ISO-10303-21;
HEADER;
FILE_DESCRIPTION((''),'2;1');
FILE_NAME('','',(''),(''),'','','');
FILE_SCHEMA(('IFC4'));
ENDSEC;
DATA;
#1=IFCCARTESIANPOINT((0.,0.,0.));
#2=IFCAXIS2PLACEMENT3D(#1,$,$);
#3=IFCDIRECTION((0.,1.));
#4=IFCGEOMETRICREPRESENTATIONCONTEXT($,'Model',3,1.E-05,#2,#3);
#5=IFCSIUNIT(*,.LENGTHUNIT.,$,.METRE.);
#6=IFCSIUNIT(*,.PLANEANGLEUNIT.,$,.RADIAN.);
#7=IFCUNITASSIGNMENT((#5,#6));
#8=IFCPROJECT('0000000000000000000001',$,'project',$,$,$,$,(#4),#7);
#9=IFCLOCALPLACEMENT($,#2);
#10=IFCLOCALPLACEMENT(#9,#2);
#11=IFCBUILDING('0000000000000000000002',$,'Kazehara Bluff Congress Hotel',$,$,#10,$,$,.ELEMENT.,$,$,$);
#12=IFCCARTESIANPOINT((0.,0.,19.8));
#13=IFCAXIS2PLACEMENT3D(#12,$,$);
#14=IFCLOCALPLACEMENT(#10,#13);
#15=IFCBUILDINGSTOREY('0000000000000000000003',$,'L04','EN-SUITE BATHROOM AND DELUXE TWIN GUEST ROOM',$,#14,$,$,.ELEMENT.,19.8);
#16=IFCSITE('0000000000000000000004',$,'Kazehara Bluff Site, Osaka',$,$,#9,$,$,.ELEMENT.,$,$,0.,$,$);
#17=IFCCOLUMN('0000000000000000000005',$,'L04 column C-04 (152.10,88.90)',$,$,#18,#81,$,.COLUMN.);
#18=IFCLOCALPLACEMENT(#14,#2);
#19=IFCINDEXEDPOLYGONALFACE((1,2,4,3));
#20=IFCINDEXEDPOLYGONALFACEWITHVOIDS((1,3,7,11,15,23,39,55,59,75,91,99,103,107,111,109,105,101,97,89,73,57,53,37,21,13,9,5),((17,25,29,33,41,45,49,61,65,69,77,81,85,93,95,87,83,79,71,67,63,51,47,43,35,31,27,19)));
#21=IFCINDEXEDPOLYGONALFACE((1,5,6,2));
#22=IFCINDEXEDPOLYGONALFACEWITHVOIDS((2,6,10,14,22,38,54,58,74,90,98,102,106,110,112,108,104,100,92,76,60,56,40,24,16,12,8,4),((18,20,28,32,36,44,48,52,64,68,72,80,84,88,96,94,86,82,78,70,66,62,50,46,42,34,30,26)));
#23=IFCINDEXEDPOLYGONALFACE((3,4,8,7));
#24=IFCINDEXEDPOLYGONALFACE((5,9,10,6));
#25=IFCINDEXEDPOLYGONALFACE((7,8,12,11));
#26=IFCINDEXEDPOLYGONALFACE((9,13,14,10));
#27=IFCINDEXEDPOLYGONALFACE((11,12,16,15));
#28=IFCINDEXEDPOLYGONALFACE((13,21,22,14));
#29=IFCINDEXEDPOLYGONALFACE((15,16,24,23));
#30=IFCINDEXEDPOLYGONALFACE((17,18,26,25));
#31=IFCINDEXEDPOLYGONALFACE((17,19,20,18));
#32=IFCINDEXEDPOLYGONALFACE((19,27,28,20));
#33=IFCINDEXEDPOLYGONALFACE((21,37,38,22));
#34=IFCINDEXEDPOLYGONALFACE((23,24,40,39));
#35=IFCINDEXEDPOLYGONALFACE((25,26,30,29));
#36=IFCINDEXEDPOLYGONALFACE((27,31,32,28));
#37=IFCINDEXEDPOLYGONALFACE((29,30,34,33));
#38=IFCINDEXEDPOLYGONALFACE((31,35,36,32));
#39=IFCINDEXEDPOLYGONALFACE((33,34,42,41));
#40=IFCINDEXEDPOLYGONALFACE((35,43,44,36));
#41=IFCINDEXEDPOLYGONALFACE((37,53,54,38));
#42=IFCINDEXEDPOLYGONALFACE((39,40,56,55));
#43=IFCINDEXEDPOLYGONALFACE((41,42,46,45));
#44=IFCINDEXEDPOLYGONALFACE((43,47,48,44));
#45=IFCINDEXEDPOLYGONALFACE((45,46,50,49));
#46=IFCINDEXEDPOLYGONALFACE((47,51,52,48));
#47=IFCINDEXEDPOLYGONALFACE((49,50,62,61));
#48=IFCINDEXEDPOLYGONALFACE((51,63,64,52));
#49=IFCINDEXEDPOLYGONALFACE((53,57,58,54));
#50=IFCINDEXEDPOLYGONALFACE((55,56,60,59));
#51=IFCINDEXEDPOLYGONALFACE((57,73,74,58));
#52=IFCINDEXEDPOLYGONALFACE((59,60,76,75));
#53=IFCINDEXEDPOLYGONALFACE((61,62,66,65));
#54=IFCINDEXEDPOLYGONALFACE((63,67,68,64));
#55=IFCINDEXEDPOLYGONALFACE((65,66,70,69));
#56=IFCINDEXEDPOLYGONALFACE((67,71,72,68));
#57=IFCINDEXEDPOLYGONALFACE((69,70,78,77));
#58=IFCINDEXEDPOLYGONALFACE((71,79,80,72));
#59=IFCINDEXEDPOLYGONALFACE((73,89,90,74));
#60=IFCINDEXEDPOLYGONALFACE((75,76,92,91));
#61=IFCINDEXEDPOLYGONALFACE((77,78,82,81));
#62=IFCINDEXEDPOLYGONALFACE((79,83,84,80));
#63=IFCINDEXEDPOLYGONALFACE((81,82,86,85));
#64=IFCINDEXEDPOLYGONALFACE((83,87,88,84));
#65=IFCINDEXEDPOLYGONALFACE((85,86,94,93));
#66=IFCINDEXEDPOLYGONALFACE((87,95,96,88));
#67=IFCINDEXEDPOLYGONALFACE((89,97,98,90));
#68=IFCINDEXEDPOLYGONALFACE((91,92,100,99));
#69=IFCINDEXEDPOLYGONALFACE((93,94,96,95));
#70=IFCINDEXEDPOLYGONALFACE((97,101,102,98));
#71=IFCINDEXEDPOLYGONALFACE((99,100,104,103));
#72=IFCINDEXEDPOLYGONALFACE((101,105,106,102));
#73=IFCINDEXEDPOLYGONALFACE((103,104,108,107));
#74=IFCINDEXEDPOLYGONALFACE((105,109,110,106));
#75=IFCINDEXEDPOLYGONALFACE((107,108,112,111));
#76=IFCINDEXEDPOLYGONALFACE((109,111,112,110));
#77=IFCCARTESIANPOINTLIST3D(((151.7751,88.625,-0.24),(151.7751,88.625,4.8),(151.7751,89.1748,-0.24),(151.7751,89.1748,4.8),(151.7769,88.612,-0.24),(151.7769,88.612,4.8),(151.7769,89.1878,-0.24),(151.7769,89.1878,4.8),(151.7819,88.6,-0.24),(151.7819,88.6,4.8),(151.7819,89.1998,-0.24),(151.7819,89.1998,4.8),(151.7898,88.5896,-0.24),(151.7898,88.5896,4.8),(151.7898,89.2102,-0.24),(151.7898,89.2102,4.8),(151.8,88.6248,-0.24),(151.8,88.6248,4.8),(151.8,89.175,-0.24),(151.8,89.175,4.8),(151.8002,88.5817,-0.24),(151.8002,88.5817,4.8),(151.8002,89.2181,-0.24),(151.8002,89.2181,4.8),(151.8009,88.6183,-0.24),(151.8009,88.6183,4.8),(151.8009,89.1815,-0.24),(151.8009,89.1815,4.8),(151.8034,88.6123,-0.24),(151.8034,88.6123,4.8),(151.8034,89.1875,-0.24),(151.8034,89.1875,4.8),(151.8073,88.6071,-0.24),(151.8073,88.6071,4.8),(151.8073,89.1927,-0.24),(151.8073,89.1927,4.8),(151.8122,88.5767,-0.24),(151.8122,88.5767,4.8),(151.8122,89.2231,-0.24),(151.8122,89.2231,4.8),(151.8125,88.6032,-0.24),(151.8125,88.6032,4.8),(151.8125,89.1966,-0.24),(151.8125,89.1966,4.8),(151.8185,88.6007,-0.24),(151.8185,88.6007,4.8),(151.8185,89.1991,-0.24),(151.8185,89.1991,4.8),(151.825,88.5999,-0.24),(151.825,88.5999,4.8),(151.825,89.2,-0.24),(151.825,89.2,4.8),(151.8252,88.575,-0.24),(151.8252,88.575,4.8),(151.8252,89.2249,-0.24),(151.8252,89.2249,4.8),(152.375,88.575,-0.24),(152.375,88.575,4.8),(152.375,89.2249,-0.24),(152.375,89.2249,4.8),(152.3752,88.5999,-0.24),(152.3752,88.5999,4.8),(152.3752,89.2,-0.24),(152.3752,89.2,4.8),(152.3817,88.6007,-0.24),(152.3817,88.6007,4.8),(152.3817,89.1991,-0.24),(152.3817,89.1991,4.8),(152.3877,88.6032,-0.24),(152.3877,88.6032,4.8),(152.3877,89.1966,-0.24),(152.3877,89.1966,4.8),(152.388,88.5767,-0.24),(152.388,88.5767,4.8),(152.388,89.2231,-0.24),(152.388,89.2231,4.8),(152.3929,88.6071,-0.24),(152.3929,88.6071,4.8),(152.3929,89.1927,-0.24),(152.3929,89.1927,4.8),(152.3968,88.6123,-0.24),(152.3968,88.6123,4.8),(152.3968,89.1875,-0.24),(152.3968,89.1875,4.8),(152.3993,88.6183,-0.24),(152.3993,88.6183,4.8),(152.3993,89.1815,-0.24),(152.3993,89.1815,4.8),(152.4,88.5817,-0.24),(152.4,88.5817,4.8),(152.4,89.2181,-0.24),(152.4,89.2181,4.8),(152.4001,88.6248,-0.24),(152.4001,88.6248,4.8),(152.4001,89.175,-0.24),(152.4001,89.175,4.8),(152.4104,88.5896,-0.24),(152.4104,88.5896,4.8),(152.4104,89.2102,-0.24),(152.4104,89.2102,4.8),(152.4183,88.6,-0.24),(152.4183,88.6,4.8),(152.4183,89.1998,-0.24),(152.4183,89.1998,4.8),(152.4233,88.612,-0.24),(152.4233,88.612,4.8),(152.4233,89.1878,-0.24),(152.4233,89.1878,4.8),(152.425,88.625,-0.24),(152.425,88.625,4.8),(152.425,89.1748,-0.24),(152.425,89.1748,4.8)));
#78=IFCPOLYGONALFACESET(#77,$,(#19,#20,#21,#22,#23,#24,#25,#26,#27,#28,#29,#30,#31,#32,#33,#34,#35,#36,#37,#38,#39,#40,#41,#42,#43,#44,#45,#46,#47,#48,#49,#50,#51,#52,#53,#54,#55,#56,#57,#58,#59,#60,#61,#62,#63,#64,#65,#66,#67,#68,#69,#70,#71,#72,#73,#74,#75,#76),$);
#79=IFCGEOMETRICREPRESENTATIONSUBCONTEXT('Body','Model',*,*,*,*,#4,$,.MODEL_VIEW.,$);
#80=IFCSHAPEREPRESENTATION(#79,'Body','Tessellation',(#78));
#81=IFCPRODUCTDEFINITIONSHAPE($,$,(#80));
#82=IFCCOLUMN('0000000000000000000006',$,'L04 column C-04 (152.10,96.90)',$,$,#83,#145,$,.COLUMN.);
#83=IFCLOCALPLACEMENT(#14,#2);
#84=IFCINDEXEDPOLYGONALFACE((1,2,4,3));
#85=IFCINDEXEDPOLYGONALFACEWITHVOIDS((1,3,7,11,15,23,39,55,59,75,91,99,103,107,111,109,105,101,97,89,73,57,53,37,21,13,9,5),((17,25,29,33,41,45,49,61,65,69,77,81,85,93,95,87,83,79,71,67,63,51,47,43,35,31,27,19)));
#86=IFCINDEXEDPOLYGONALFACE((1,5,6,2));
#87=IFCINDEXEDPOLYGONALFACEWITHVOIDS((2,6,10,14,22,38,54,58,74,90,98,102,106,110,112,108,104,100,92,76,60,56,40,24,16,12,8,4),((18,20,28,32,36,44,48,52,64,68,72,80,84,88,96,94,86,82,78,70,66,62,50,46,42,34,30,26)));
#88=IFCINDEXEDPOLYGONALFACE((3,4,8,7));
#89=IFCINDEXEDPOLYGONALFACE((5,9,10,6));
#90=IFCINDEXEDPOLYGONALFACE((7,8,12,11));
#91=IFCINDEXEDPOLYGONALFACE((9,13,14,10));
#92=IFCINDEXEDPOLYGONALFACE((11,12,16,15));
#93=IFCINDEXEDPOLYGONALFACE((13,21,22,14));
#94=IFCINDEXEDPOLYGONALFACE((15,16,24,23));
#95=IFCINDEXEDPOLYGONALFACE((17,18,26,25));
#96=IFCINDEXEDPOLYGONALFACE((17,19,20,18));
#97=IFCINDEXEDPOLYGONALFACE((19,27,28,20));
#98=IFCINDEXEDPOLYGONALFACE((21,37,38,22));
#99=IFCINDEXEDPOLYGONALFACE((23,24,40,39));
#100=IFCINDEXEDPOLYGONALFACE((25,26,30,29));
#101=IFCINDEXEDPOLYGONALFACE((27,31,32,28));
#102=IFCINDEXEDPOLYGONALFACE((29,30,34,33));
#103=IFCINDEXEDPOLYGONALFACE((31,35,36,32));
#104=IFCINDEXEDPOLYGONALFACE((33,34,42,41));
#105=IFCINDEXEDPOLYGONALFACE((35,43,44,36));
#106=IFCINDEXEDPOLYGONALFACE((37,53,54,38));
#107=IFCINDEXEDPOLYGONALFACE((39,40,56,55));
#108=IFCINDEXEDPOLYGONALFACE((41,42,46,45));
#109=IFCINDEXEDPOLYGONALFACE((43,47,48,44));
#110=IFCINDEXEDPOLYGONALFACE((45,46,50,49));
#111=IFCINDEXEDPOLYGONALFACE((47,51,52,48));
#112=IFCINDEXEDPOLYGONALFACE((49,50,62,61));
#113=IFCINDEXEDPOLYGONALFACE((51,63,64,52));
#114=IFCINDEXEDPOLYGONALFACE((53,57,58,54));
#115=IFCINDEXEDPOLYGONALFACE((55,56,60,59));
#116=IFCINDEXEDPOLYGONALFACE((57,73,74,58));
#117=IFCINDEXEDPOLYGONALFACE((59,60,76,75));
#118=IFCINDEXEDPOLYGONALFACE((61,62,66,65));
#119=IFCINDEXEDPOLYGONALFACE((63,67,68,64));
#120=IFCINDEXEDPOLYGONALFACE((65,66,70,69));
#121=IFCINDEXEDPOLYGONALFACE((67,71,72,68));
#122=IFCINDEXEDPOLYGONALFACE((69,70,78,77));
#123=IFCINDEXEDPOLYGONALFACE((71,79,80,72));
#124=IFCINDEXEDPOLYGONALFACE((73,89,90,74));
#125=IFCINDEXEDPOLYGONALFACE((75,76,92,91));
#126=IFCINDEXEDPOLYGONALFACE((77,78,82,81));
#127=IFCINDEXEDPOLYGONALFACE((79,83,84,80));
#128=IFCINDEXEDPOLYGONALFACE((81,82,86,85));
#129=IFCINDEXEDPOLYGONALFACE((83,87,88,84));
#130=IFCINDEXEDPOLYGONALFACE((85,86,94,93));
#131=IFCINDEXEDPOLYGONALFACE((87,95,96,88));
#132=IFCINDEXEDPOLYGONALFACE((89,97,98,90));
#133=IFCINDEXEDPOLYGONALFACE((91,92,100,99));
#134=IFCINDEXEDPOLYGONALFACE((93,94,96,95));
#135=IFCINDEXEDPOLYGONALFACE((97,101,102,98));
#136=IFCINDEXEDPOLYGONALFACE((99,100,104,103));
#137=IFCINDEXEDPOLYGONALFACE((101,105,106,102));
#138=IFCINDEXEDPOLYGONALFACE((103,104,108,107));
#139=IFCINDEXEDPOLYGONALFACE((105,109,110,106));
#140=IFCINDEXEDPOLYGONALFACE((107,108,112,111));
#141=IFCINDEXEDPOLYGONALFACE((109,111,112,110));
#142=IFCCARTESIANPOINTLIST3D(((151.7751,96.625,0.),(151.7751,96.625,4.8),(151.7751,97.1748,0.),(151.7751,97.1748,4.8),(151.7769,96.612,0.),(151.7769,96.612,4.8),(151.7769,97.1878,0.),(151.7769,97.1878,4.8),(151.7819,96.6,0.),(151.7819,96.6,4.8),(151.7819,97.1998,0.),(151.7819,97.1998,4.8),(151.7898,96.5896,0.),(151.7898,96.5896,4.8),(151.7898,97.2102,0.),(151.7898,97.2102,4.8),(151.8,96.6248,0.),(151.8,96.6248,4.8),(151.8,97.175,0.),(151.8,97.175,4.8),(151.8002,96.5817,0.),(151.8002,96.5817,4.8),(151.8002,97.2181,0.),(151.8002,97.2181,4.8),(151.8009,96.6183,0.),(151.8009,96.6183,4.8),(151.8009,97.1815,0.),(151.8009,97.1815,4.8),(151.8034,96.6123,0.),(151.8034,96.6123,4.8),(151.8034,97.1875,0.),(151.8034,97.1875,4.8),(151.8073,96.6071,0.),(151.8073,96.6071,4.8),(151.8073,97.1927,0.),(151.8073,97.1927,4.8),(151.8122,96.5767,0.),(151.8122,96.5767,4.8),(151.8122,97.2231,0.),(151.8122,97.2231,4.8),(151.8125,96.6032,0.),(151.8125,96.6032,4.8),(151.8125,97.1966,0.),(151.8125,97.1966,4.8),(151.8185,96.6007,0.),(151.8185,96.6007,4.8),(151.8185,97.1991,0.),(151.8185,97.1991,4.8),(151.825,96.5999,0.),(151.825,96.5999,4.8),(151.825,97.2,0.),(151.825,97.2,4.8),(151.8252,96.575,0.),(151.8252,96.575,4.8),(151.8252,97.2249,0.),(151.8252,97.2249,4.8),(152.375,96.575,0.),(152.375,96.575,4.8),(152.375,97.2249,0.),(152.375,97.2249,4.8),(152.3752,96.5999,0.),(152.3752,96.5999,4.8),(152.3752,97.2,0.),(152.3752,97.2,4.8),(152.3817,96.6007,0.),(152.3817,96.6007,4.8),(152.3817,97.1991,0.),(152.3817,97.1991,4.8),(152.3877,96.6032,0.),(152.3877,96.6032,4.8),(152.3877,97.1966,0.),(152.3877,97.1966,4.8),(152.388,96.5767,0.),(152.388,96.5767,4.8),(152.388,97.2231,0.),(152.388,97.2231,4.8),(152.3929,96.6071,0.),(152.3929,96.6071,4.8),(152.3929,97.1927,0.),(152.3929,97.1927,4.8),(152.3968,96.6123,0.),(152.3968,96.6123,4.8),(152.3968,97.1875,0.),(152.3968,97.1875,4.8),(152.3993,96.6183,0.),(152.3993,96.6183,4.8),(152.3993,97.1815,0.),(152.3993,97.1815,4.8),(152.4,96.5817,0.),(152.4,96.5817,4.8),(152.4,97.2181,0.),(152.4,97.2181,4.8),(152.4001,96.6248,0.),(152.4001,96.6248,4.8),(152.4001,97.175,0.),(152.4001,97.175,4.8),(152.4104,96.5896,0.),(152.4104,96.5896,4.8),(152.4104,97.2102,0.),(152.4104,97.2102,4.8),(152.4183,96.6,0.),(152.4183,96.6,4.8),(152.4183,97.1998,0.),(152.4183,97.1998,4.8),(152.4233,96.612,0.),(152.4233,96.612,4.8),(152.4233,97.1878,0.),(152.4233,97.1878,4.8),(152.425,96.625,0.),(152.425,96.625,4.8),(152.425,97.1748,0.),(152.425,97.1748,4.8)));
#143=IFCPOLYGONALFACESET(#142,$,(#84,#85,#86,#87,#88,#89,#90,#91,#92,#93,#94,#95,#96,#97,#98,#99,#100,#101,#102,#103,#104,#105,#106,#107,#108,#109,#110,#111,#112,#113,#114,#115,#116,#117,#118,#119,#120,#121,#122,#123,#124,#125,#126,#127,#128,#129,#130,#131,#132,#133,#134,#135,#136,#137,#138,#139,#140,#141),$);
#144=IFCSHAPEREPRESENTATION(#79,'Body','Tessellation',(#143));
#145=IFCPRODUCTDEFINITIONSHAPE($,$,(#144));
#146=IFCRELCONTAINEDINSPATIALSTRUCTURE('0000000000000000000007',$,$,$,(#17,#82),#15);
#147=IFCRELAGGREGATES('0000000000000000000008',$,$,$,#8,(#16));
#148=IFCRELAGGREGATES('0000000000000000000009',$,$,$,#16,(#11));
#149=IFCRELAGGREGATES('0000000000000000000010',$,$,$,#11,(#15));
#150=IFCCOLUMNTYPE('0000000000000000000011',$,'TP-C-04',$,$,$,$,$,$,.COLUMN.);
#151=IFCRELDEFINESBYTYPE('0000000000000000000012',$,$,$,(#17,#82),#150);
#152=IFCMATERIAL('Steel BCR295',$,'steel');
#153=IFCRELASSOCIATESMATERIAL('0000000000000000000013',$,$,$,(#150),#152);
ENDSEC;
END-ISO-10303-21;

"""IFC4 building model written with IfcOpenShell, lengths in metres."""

from ifc_helpers import new_model, si_unit, direction, frame, origin, origin_2d, place, context, subcontext, project, spatial, hollow_rectangle, extrude, material, material_profile, profile_set, type_object, element, save


model = new_model("IFC4")

# Units and contexts
model_context = context("Model", 3, precision=1e-05, world=origin(), true_north=direction((0.0, 1.0)))
body_context = subcontext(model_context, "Body", "Model", "MODEL_VIEW")
ifc_project = project(units=[si_unit("LENGTHUNIT", "METRE"), si_unit("PLANEANGLEUNIT", "RADIAN")], contexts=[model_context])

# Site, building, storey
site_placement = place(None, origin())
site = spatial("IfcSite", under=ifc_project, at=site_placement, Name="Kazehara Bluff Site, Osaka", CompositionType="ELEMENT", RefElevation=0.0)
building_placement = place(site_placement, origin())
building = spatial("IfcBuilding", under=site, at=building_placement, Name="Kazehara Bluff Congress Hotel", CompositionType="ELEMENT")
storey_placement = place(building_placement, frame((0.0, 0.0, 19.8)))
storey = spatial("IfcBuildingStorey", under=building, at=storey_placement, Name="L04", Description="EN-SUITE BATHROOM AND DELUXE TWIN GUEST ROOM", CompositionType="ELEMENT", Elevation=19.8)

# Columns
ifc_material_1 = material(Name="Steel BCR295", Category="steel")
ifc_material_profile_1 = material_profile(ifc_material_1, hollow_rectangle(XDim=0.6499, YDim=0.6499, WallThickness=0.0249, InnerFilletRadius=0.0249, OuterFilletRadius=0.05, at=origin_2d()))
ifc_profile_set_1 = profile_set([ifc_material_profile_1], Name="Steel BCR295")
column_type = type_object("IfcColumnType", Name="TP-C-04", PredefinedType="COLUMN", material=ifc_profile_set_1)
column_placement = place(storey_placement, frame((152.1001, 88.8999, -0.24), z_axis=(0.0, 0.0, 1.0), x_axis=(1.0, 0.0, 0.0)))
element("IfcColumn", 1, at=column_placement, inside=storey, type_object=column_type, Name="L04 column C-04 (152.10,88.90)", PredefinedType="COLUMN", context=body_context, shape_type="SweptSolid", body=[
    extrude(hollow_rectangle(XDim=0.6499, YDim=0.6499, WallThickness=0.0249, InnerFilletRadius=0.0249, OuterFilletRadius=0.05, at=origin_2d()), origin(), (0.0, 0.0, 1.0), 5.04),
])
for number, where, z_axis, x_axis, name in (
    (2, (152.1001, 96.8999, 0.0), (0.0, 0.0, 1.0), (1.0, 0.0, 0.0), "L04 column C-04 (152.10,96.90)"),
):
    element("IfcColumn", number, at=place(storey_placement, frame(where, z_axis=z_axis, x_axis=x_axis)), inside=storey, type_object=column_type, Name=name, PredefinedType="COLUMN", context=body_context, shape_type="SweptSolid", body=[
        extrude(hollow_rectangle(XDim=0.6499, YDim=0.6499, WallThickness=0.0249, InnerFilletRadius=0.0249, OuterFilletRadius=0.05, at=origin_2d()), origin(), (0.0, 0.0, 1.0), 4.8),
    ])

save(model, "model.ifc")
